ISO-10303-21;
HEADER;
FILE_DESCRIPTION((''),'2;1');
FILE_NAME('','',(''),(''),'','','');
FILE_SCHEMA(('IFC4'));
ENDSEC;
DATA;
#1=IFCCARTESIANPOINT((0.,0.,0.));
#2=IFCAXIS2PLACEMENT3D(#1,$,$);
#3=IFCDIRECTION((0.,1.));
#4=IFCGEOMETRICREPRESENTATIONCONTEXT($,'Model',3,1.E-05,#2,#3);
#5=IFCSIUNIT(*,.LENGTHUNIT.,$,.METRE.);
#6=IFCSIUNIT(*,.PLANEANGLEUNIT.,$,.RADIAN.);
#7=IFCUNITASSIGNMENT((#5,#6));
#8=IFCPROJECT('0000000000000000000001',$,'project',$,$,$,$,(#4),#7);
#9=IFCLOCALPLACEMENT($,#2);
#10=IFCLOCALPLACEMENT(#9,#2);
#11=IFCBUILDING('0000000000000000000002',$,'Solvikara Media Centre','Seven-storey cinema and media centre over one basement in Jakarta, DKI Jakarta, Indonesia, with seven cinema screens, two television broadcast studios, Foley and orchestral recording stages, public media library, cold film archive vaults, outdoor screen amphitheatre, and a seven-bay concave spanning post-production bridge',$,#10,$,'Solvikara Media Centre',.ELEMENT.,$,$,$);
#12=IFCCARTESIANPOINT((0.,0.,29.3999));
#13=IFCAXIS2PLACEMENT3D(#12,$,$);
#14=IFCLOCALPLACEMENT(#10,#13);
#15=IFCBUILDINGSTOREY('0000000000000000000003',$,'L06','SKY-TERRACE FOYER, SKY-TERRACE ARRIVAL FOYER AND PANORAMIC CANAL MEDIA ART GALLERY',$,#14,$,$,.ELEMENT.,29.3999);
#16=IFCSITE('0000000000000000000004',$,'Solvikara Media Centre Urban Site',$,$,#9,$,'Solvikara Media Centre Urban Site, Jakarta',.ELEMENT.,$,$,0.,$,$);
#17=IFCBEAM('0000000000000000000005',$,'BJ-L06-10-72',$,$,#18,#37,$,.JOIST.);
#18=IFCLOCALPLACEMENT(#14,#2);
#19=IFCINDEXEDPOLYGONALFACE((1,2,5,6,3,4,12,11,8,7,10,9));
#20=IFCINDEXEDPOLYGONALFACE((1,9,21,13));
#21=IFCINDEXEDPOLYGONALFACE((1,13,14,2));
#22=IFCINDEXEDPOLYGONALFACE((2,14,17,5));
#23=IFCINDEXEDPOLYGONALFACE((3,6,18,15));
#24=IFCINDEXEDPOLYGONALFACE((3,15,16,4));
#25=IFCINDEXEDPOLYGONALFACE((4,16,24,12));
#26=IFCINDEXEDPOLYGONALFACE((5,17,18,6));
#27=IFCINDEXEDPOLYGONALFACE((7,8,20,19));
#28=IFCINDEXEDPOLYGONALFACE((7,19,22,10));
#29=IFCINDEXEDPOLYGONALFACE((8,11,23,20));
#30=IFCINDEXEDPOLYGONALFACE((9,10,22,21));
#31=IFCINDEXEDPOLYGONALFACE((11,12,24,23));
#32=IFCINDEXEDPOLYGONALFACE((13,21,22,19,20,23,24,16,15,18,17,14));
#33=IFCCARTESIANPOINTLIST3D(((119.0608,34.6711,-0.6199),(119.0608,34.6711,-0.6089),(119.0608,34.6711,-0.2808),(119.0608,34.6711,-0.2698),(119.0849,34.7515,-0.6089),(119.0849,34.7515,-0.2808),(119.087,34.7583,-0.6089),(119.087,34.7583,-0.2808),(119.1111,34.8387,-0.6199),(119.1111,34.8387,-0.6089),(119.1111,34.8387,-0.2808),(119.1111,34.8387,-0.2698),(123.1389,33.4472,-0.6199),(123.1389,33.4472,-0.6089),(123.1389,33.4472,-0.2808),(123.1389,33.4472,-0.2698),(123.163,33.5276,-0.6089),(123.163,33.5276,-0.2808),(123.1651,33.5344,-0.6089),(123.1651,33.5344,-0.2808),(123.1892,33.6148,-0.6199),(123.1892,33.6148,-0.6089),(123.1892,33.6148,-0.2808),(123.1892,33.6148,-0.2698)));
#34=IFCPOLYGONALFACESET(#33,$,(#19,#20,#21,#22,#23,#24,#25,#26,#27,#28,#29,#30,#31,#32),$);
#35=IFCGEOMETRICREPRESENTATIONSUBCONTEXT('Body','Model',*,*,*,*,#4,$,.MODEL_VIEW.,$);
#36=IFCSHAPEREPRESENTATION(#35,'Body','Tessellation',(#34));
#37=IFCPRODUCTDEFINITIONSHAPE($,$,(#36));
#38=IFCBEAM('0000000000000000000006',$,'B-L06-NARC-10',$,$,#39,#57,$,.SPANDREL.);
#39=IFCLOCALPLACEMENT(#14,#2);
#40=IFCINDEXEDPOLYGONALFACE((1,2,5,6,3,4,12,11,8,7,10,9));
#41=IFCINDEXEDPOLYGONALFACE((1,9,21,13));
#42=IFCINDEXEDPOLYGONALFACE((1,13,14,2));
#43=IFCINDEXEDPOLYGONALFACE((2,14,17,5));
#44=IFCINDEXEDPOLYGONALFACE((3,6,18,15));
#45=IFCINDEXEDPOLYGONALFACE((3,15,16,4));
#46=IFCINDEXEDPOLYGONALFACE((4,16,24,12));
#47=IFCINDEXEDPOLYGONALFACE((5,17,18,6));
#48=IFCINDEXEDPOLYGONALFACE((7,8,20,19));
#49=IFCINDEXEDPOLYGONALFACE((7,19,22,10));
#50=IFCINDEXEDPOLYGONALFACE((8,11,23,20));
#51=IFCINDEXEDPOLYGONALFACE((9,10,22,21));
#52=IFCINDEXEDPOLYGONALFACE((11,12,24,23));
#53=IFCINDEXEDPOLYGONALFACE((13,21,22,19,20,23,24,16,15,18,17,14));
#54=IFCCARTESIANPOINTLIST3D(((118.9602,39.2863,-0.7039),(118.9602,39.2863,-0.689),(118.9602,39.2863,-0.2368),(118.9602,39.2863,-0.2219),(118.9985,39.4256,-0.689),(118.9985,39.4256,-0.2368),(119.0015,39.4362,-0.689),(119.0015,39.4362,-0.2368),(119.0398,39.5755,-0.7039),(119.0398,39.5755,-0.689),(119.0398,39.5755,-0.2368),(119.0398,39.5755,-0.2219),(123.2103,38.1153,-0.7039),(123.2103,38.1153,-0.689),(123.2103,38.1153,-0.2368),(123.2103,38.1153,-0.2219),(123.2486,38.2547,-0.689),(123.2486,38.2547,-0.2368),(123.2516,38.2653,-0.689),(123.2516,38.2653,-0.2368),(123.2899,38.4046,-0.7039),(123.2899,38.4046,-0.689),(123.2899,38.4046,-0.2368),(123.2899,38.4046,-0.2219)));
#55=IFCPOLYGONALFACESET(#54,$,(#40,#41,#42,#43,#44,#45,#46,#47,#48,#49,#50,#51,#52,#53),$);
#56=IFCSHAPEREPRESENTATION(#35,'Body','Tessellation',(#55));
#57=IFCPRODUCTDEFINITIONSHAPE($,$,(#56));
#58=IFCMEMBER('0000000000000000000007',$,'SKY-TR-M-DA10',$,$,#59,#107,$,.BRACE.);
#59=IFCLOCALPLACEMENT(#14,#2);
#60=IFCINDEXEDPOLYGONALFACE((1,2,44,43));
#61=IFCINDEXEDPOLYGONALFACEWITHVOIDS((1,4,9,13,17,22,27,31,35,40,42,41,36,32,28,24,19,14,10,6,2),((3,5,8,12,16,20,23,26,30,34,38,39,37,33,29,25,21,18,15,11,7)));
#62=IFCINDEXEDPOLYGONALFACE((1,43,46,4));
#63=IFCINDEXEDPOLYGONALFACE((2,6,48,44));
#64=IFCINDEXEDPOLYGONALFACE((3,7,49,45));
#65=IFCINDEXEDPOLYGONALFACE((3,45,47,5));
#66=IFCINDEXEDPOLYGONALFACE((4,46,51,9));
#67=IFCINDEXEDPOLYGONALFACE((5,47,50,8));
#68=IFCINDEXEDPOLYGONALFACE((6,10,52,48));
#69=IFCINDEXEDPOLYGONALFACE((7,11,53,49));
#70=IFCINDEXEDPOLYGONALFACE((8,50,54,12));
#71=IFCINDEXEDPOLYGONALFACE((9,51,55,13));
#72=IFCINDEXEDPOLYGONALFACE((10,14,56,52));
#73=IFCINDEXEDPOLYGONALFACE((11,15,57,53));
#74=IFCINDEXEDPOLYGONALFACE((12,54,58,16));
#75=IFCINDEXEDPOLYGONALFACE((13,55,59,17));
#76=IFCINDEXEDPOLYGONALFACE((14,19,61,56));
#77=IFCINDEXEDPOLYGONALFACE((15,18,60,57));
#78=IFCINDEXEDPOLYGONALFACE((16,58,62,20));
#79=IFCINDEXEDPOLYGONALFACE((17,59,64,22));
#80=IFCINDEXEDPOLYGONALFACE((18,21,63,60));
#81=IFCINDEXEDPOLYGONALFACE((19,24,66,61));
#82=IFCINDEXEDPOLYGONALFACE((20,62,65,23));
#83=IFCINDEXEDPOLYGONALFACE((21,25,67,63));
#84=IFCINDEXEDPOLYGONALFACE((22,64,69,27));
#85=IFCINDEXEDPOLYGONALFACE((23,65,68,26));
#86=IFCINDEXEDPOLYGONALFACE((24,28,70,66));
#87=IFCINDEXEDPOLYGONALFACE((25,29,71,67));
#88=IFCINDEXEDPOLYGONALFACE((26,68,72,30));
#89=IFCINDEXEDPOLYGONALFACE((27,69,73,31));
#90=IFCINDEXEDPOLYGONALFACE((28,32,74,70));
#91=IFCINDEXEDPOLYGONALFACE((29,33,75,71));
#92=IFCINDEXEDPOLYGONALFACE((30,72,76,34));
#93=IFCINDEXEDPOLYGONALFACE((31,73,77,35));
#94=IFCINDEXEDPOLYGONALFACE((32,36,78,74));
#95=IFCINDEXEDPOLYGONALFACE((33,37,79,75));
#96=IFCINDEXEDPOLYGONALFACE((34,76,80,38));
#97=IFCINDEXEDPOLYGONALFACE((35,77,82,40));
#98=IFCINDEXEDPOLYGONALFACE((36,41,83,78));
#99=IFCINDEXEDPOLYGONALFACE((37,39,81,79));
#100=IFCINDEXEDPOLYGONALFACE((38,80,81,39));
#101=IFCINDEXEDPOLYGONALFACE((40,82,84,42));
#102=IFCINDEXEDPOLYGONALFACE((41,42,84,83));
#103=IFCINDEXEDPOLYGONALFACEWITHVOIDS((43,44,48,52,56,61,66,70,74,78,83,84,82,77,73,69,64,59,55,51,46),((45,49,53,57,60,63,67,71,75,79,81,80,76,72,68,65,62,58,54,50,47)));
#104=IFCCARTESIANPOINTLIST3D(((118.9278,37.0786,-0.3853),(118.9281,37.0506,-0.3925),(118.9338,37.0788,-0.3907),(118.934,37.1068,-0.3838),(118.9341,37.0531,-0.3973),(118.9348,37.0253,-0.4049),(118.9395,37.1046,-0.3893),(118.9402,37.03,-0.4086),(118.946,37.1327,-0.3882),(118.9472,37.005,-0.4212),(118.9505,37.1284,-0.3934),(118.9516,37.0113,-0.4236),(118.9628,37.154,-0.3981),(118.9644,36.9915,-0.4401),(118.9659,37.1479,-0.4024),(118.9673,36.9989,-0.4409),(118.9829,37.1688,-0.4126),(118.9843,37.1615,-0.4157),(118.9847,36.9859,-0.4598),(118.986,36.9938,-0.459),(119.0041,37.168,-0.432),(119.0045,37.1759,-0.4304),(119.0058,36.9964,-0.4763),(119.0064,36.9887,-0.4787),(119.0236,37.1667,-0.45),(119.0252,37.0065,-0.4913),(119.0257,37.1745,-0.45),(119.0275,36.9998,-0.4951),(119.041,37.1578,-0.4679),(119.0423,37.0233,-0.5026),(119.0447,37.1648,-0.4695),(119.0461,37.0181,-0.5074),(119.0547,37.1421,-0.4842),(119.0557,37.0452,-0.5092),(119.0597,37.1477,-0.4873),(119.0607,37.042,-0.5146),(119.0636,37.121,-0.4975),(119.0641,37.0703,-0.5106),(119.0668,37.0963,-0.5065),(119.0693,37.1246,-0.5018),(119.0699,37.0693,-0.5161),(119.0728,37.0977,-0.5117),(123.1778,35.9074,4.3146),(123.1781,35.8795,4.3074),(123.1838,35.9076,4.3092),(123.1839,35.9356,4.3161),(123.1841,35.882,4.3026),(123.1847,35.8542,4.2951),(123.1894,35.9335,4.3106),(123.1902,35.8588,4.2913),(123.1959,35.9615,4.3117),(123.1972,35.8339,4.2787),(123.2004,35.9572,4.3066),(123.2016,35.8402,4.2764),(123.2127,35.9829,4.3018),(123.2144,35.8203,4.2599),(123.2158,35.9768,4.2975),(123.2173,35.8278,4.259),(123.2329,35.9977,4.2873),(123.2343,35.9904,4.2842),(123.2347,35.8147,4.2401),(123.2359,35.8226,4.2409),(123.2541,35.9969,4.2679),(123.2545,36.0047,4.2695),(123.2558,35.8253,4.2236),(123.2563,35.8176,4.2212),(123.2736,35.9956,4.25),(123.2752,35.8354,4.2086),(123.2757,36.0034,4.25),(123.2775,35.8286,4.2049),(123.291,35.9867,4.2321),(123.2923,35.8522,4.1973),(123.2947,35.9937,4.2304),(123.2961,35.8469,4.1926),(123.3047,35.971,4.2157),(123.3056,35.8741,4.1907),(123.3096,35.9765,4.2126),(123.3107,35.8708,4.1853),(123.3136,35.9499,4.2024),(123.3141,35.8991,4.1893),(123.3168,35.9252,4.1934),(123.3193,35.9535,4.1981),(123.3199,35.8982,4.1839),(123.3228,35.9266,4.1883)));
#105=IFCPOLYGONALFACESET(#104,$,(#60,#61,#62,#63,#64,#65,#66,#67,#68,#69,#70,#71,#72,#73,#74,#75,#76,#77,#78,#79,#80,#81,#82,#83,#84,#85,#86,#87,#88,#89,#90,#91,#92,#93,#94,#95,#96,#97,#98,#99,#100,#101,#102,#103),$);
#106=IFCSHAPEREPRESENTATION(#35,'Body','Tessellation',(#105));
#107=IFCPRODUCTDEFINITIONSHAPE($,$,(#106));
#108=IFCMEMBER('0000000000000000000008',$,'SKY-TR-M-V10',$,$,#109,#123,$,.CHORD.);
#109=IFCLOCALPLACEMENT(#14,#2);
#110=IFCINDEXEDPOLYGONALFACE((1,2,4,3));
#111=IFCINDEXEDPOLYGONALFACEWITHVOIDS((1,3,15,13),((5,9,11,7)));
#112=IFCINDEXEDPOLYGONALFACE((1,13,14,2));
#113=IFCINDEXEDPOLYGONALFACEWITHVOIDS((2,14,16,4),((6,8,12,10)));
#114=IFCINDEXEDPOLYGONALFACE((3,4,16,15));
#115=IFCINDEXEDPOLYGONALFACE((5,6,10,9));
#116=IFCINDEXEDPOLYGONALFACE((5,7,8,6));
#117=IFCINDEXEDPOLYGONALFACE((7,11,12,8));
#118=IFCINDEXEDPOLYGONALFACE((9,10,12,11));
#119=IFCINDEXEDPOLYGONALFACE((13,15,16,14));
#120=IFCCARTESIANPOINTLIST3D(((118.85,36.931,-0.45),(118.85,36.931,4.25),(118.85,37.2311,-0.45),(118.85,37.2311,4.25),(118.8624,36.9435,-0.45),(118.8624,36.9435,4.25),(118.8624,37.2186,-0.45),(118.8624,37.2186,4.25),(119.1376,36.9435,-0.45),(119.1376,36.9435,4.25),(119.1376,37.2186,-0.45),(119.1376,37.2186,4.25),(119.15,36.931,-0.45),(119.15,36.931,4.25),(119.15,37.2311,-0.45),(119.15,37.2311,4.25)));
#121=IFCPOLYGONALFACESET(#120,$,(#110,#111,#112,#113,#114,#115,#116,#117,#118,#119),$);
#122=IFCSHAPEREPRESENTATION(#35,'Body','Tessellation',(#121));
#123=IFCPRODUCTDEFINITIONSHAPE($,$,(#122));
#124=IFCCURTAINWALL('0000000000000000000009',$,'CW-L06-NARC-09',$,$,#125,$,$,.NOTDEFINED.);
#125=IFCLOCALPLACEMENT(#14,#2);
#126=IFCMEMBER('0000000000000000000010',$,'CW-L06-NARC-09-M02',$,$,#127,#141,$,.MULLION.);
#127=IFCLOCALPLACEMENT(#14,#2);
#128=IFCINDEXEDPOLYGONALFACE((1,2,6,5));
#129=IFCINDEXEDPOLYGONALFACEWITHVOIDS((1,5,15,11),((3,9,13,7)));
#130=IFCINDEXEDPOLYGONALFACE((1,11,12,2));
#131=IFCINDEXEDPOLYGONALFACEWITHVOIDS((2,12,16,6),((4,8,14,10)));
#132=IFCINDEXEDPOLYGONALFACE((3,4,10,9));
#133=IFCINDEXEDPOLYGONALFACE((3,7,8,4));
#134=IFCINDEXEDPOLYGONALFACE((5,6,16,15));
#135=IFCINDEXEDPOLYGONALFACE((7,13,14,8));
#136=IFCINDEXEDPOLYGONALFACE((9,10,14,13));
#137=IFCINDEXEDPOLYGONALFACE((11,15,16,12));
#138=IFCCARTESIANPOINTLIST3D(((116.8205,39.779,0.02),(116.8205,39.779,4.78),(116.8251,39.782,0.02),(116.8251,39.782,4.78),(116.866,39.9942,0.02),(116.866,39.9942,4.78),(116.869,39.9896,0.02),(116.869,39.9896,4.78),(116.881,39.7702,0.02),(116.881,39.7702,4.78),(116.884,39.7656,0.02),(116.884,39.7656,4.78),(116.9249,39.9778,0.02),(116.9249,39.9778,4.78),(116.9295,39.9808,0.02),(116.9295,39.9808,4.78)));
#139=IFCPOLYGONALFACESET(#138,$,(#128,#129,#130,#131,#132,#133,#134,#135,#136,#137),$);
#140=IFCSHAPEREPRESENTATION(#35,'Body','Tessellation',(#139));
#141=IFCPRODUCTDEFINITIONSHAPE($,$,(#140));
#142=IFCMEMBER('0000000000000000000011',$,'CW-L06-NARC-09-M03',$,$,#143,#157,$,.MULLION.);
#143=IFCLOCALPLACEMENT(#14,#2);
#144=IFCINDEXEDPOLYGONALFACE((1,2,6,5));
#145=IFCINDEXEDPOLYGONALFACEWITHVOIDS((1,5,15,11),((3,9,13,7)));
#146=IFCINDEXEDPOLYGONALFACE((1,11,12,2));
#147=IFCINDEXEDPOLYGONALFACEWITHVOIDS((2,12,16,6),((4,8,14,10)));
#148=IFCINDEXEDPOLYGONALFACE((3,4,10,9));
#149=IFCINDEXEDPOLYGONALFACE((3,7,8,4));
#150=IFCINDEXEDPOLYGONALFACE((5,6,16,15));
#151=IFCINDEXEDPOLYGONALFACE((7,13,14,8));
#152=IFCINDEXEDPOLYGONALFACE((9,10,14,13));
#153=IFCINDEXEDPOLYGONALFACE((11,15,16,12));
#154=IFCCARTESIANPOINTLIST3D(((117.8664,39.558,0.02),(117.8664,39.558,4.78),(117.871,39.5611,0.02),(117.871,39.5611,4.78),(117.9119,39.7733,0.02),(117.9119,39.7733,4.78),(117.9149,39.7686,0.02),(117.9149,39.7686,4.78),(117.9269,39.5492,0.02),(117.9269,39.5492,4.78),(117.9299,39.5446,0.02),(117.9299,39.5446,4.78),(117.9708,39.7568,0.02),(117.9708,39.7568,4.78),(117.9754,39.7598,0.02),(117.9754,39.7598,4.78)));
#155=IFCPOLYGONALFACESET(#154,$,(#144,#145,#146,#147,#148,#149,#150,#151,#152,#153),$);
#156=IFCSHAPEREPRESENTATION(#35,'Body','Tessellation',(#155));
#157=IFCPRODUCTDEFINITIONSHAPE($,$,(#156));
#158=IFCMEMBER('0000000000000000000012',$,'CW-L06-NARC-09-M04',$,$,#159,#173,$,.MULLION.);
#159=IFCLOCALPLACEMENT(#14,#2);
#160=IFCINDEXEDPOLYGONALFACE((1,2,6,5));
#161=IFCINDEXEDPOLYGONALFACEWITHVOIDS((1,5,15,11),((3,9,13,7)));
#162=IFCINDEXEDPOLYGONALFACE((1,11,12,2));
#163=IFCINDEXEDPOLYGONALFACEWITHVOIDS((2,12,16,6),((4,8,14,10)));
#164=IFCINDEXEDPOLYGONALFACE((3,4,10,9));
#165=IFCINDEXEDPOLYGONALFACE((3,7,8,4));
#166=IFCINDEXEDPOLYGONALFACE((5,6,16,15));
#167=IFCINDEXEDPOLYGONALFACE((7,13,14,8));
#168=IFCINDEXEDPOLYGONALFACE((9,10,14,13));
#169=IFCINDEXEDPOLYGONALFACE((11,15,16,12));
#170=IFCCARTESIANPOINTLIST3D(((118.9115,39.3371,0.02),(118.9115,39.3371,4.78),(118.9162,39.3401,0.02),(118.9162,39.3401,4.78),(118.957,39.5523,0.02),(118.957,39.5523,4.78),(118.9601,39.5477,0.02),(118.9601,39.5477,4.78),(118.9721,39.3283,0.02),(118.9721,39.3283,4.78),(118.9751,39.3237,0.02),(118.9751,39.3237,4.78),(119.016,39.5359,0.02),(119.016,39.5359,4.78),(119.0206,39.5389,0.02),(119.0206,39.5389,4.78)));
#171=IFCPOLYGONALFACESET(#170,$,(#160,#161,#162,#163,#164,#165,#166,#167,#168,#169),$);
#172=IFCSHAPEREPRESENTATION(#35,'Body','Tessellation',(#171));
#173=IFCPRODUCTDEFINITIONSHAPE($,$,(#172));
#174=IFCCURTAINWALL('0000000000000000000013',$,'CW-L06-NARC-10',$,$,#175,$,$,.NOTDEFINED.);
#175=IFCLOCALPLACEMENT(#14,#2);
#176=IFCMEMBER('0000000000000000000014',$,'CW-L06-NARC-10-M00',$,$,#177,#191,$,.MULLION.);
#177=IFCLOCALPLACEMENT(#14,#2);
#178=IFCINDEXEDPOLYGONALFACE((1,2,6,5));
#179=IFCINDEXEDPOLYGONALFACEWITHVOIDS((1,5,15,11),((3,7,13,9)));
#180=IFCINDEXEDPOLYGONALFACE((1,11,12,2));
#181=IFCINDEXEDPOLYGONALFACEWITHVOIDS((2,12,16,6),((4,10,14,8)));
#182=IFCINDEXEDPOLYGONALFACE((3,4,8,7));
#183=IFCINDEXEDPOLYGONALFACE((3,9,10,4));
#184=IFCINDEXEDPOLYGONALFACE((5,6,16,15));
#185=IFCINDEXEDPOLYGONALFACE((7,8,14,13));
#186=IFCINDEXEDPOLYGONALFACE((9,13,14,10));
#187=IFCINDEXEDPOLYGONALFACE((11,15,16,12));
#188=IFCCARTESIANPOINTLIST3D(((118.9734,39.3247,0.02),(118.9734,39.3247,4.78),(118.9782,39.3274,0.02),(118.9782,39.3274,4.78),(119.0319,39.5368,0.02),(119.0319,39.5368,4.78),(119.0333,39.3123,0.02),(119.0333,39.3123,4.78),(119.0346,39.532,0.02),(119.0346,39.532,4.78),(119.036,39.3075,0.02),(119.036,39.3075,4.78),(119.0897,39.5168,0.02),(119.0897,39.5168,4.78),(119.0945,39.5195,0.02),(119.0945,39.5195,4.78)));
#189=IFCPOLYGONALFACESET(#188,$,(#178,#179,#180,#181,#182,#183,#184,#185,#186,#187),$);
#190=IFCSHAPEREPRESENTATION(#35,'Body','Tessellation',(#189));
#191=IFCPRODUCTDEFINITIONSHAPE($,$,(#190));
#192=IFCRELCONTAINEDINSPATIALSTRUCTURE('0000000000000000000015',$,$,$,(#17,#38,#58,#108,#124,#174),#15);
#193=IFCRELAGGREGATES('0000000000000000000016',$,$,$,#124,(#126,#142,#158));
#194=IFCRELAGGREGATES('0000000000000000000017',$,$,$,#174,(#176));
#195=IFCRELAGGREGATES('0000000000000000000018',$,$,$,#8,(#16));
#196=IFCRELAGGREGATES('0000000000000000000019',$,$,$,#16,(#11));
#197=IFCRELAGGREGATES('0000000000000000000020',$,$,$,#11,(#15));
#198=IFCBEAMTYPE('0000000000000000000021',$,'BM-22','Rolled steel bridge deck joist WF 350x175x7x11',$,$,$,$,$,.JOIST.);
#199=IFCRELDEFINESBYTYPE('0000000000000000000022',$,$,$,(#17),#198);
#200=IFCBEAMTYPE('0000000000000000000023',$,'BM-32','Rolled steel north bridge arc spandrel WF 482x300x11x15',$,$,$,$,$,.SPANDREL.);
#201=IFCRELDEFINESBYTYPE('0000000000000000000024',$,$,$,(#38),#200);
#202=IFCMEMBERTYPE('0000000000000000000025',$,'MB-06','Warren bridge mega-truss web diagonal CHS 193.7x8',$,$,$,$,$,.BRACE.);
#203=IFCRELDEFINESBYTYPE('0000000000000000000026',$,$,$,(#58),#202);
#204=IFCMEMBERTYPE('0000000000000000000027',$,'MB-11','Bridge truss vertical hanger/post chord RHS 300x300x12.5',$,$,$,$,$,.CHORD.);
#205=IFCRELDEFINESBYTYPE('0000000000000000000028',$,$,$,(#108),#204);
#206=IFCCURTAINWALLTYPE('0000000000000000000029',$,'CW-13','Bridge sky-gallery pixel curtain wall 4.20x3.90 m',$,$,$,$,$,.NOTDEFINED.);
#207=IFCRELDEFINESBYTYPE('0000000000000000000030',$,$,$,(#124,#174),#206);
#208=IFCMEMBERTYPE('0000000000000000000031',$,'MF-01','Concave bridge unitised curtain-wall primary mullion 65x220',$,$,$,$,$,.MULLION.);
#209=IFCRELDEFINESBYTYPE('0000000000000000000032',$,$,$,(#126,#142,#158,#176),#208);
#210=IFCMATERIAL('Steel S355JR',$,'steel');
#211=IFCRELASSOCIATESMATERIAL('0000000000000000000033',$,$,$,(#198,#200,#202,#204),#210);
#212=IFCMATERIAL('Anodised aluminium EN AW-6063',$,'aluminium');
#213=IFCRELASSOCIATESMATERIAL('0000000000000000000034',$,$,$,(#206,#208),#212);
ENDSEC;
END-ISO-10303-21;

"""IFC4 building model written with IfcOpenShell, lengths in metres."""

from ifc_helpers import new_model, si_unit, direction, frame, origin, origin_2d, place, context, subcontext, project, spatial, hollow_rectangle, hollow_circle, i_section, extrude, material, material_profile, profile_set, type_object, element, aggregate, save


model = new_model("IFC4")

# Units and contexts
model_context = context("Model", 3, precision=1e-05, world=origin(), true_north=direction((0.0, 1.0)))
body_context = subcontext(model_context, "Body", "Model", "MODEL_VIEW")
ifc_project = project(units=[si_unit("LENGTHUNIT", "METRE"), si_unit("PLANEANGLEUNIT", "RADIAN")], contexts=[model_context])

# Site, building, storey
site_placement = place(None, origin())
site = spatial("IfcSite", under=ifc_project, at=site_placement, Name="Solvikara Media Centre Urban Site", LongName="Solvikara Media Centre Urban Site, Jakarta", CompositionType="ELEMENT", RefElevation=0.0)
building_placement = place(site_placement, origin())
building = spatial("IfcBuilding", under=site, at=building_placement, Name="Solvikara Media Centre", Description="Seven-storey cinema and media centre over one basement in Jakarta, DKI Jakarta, Indonesia, with seven cinema screens, two television broadcast studios, Foley and orchestral recording stages, public media library, cold film archive vaults, outdoor screen amphitheatre, and a seven-bay concave spanning post-production bridge", LongName="Solvikara Media Centre", CompositionType="ELEMENT")
storey_placement = place(building_placement, frame((0.0, 0.0, 29.3999)))
storey = spatial("IfcBuildingStorey", under=building, at=storey_placement, Name="L06", Description="SKY-TERRACE FOYER, SKY-TERRACE ARRIVAL FOYER AND PANORAMIC CANAL MEDIA ART GALLERY", CompositionType="ELEMENT", Elevation=29.3999)

# Beams
ifc_material_1 = material(Name="Steel S355JR", Category="steel")
ifc_material_profile_1 = material_profile(ifc_material_1, i_section(OverallWidth=0.175, OverallDepth=0.3501, WebThickness=0.0071, FlangeThickness=0.011, at=origin_2d()), Name="WF 350x175x7x11")
ifc_profile_set_1 = profile_set([ifc_material_profile_1], Name="Steel S355JR")
beam_type_1 = type_object("IfcBeamType", Name="BM-22", Description="Rolled steel bridge deck joist WF 350x175x7x11", PredefinedType="JOIST", material=ifc_profile_set_1)
beam_1_placement = place(storey_placement, frame((119.0859, 34.7549, -0.4448), z_axis=(0.957798, -0.287443, 0.0), x_axis=(0.287443, 0.957798, 0.0)))
element("IfcBeam", 1, at=beam_1_placement, inside=storey, type_object=beam_type_1, Name="BJ-L06-10-72", PredefinedType="JOIST", context=body_context, shape_type="SweptSolid", body=[
    extrude(i_section(OverallWidth=0.175, OverallDepth=0.3501, WebThickness=0.0071, FlangeThickness=0.011, at=origin_2d()), origin(), (0.0, 0.0, 1.0), 4.2578),
])
ifc_material_profile_2 = material_profile(ifc_material_1, i_section(OverallWidth=0.3, OverallDepth=0.4819, WebThickness=0.011, FlangeThickness=0.0149, at=origin_2d()), Name="WF 482x300x11x15")
ifc_profile_set_2 = profile_set([ifc_material_profile_2], Name="Steel S355JR")
beam_type_2 = type_object("IfcBeamType", Name="BM-32", Description="Rolled steel north bridge arc spandrel WF 482x300x11x15", PredefinedType="SPANDREL", material=ifc_profile_set_2)
beam_2_placement = place(storey_placement, frame((119.0, 39.4309, -0.4629), z_axis=(0.964081, -0.26561, 0.0), x_axis=(0.26561, 0.964081, 0.0)))
element("IfcBeam", 2, at=beam_2_placement, inside=storey, type_object=beam_type_2, Name="B-L06-NARC-10", PredefinedType="SPANDREL", context=body_context, shape_type="SweptSolid", body=[
    extrude(i_section(OverallWidth=0.3, OverallDepth=0.4819, WebThickness=0.011, FlangeThickness=0.0149, at=origin_2d()), origin(), (0.0, 0.0, 1.0), 4.4084),
])

# Members
ifc_material_profile_3 = material_profile(ifc_material_1, hollow_circle(Radius=0.0969, WallThickness=0.0081, at=origin_2d()), Name="CHS 193.7x8")
ifc_profile_set_3 = profile_set([ifc_material_profile_3], Name="Steel S355JR")
member_type_1 = type_object("IfcMemberType", Name="MB-06", Description="Warren bridge mega-truss web diagonal CHS 193.7x8", PredefinedType="BRACE", material=ifc_profile_set_3)
member_1_placement = place(storey_placement, frame((119.0, 37.0811, -0.45), z_axis=(0.65954, -0.181745, 0.729366), x_axis=(0.265661, 0.964067, 0.0)))
element("IfcMember", 3, at=member_1_placement, inside=storey, type_object=member_type_1, Name="SKY-TR-M-DA10", PredefinedType="BRACE", context=body_context, shape_type="SweptSolid", body=[
    extrude(hollow_circle(Radius=0.0969, WallThickness=0.0081, at=origin_2d()), origin(), (0.0, 0.0, 1.0), 6.4438),
])
ifc_material_profile_4 = material_profile(ifc_material_1, hollow_rectangle(XDim=0.3, YDim=0.3, WallThickness=0.0125, at=origin_2d()), Name="RHS 300x300x12.5")
ifc_profile_set_4 = profile_set([ifc_material_profile_4], Name="Steel S355JR")
member_type_2 = type_object("IfcMemberType", Name="MB-11", Description="Bridge truss vertical hanger/post chord RHS 300x300x12.5", PredefinedType="CHORD", material=ifc_profile_set_4)
member_2_placement = place(storey_placement, frame((119.0, 37.0811, -0.45), z_axis=(0.0, 0.0, 1.0), x_axis=(1.0, 0.0, 0.0)))
element("IfcMember", 4, at=member_2_placement, inside=storey, type_object=member_type_2, Name="SKY-TR-M-V10", PredefinedType="CHORD", context=body_context, shape_type="SweptSolid", body=[
    extrude(hollow_rectangle(XDim=0.3, YDim=0.3, WallThickness=0.0125, at=origin_2d()), origin(), (0.0, 0.0, 1.0), 4.7),
])

# Curtain walls, members
ifc_material_2 = material(Name="Anodised aluminium EN AW-6063", Category="aluminium")
curtain_wall_type = type_object("IfcCurtainWallType", Name="CW-13", Description="Bridge sky-gallery pixel curtain wall 4.20x3.90 m", PredefinedType="NOTDEFINED", material=ifc_material_2)
curtain_wall_1_placement = place(storey_placement, origin())
curtain_wall_1 = element("IfcCurtainWall", 5, at=curtain_wall_1_placement, inside=storey, type_object=curtain_wall_type, Name="CW-L06-NARC-09", PredefinedType="NOTDEFINED")
ifc_material_profile_5 = material_profile(ifc_material_2, hollow_rectangle(XDim=0.0649, YDim=0.22, WallThickness=0.0039, at=origin_2d()), Name="ALU-M 65x220x4")
ifc_profile_set_5 = profile_set([ifc_material_profile_5], Name="Anodised aluminium EN AW-6063")
member_type_3 = type_object("IfcMemberType", Name="MF-01", Description="Concave bridge unitised curtain-wall primary mullion 65x220", PredefinedType="MULLION", material=ifc_profile_set_5)
member_3_placement = place(storey_placement, frame((116.875, 39.8799, 0.02), z_axis=(0.0, 0.0, 1.0), x_axis=(0.978379, -0.206819, 0.0)))
member_3 = element("IfcMember", 6, at=member_3_placement, type_object=member_type_3, Name="CW-L06-NARC-09-M02", PredefinedType="MULLION", context=body_context, shape_type="SweptSolid", body=[
    extrude(hollow_rectangle(XDim=0.0649, YDim=0.22, WallThickness=0.0039, at=origin_2d()), origin(), (0.0, 0.0, 1.0), 4.76),
])
member_4_placement = place(storey_placement, frame((117.9209, 39.6589, 0.02), z_axis=(0.0, 0.0, 1.0), x_axis=(0.978379, -0.206819, 0.0)))
member_4 = element("IfcMember", 7, at=member_4_placement, type_object=member_type_3, Name="CW-L06-NARC-09-M03", PredefinedType="MULLION", context=body_context, shape_type="SweptSolid", body=[
    extrude(hollow_rectangle(XDim=0.0649, YDim=0.22, WallThickness=0.0039, at=origin_2d()), origin(), (0.0, 0.0, 1.0), 4.76),
])
member_5_placement = place(storey_placement, frame((118.9661, 39.438, 0.02), z_axis=(0.0, 0.0, 1.0), x_axis=(0.978379, -0.206819, 0.0)))
member_5 = element("IfcMember", 8, at=member_5_placement, type_object=member_type_3, Name="CW-L06-NARC-09-M04", PredefinedType="MULLION", context=body_context, shape_type="SweptSolid", body=[
    extrude(hollow_rectangle(XDim=0.0649, YDim=0.22, WallThickness=0.0039, at=origin_2d()), origin(), (0.0, 0.0, 1.0), 4.76),
])
curtain_wall_2_placement = place(storey_placement, origin())
curtain_wall_2 = element("IfcCurtainWall", 9, at=curtain_wall_2_placement, inside=storey, type_object=curtain_wall_type, Name="CW-L06-NARC-10", PredefinedType="NOTDEFINED")
member_6_placement = place(storey_placement, frame((119.0339, 39.4221, 0.02), z_axis=(0.0, 0.0, 1.0), x_axis=(0.96403, -0.265792, 0.0)))
member_6 = element("IfcMember", 10, at=member_6_placement, type_object=member_type_3, Name="CW-L06-NARC-10-M00", PredefinedType="MULLION", context=body_context, shape_type="SweptSolid", body=[
    extrude(hollow_rectangle(XDim=0.0649, YDim=0.22, WallThickness=0.0039, at=origin_2d()), origin(), (0.0, 0.0, 1.0), 4.76),
])

aggregate(curtain_wall_1, [member_3, member_4, member_5])
aggregate(curtain_wall_2, [member_6])

save(model, "model.ifc")
